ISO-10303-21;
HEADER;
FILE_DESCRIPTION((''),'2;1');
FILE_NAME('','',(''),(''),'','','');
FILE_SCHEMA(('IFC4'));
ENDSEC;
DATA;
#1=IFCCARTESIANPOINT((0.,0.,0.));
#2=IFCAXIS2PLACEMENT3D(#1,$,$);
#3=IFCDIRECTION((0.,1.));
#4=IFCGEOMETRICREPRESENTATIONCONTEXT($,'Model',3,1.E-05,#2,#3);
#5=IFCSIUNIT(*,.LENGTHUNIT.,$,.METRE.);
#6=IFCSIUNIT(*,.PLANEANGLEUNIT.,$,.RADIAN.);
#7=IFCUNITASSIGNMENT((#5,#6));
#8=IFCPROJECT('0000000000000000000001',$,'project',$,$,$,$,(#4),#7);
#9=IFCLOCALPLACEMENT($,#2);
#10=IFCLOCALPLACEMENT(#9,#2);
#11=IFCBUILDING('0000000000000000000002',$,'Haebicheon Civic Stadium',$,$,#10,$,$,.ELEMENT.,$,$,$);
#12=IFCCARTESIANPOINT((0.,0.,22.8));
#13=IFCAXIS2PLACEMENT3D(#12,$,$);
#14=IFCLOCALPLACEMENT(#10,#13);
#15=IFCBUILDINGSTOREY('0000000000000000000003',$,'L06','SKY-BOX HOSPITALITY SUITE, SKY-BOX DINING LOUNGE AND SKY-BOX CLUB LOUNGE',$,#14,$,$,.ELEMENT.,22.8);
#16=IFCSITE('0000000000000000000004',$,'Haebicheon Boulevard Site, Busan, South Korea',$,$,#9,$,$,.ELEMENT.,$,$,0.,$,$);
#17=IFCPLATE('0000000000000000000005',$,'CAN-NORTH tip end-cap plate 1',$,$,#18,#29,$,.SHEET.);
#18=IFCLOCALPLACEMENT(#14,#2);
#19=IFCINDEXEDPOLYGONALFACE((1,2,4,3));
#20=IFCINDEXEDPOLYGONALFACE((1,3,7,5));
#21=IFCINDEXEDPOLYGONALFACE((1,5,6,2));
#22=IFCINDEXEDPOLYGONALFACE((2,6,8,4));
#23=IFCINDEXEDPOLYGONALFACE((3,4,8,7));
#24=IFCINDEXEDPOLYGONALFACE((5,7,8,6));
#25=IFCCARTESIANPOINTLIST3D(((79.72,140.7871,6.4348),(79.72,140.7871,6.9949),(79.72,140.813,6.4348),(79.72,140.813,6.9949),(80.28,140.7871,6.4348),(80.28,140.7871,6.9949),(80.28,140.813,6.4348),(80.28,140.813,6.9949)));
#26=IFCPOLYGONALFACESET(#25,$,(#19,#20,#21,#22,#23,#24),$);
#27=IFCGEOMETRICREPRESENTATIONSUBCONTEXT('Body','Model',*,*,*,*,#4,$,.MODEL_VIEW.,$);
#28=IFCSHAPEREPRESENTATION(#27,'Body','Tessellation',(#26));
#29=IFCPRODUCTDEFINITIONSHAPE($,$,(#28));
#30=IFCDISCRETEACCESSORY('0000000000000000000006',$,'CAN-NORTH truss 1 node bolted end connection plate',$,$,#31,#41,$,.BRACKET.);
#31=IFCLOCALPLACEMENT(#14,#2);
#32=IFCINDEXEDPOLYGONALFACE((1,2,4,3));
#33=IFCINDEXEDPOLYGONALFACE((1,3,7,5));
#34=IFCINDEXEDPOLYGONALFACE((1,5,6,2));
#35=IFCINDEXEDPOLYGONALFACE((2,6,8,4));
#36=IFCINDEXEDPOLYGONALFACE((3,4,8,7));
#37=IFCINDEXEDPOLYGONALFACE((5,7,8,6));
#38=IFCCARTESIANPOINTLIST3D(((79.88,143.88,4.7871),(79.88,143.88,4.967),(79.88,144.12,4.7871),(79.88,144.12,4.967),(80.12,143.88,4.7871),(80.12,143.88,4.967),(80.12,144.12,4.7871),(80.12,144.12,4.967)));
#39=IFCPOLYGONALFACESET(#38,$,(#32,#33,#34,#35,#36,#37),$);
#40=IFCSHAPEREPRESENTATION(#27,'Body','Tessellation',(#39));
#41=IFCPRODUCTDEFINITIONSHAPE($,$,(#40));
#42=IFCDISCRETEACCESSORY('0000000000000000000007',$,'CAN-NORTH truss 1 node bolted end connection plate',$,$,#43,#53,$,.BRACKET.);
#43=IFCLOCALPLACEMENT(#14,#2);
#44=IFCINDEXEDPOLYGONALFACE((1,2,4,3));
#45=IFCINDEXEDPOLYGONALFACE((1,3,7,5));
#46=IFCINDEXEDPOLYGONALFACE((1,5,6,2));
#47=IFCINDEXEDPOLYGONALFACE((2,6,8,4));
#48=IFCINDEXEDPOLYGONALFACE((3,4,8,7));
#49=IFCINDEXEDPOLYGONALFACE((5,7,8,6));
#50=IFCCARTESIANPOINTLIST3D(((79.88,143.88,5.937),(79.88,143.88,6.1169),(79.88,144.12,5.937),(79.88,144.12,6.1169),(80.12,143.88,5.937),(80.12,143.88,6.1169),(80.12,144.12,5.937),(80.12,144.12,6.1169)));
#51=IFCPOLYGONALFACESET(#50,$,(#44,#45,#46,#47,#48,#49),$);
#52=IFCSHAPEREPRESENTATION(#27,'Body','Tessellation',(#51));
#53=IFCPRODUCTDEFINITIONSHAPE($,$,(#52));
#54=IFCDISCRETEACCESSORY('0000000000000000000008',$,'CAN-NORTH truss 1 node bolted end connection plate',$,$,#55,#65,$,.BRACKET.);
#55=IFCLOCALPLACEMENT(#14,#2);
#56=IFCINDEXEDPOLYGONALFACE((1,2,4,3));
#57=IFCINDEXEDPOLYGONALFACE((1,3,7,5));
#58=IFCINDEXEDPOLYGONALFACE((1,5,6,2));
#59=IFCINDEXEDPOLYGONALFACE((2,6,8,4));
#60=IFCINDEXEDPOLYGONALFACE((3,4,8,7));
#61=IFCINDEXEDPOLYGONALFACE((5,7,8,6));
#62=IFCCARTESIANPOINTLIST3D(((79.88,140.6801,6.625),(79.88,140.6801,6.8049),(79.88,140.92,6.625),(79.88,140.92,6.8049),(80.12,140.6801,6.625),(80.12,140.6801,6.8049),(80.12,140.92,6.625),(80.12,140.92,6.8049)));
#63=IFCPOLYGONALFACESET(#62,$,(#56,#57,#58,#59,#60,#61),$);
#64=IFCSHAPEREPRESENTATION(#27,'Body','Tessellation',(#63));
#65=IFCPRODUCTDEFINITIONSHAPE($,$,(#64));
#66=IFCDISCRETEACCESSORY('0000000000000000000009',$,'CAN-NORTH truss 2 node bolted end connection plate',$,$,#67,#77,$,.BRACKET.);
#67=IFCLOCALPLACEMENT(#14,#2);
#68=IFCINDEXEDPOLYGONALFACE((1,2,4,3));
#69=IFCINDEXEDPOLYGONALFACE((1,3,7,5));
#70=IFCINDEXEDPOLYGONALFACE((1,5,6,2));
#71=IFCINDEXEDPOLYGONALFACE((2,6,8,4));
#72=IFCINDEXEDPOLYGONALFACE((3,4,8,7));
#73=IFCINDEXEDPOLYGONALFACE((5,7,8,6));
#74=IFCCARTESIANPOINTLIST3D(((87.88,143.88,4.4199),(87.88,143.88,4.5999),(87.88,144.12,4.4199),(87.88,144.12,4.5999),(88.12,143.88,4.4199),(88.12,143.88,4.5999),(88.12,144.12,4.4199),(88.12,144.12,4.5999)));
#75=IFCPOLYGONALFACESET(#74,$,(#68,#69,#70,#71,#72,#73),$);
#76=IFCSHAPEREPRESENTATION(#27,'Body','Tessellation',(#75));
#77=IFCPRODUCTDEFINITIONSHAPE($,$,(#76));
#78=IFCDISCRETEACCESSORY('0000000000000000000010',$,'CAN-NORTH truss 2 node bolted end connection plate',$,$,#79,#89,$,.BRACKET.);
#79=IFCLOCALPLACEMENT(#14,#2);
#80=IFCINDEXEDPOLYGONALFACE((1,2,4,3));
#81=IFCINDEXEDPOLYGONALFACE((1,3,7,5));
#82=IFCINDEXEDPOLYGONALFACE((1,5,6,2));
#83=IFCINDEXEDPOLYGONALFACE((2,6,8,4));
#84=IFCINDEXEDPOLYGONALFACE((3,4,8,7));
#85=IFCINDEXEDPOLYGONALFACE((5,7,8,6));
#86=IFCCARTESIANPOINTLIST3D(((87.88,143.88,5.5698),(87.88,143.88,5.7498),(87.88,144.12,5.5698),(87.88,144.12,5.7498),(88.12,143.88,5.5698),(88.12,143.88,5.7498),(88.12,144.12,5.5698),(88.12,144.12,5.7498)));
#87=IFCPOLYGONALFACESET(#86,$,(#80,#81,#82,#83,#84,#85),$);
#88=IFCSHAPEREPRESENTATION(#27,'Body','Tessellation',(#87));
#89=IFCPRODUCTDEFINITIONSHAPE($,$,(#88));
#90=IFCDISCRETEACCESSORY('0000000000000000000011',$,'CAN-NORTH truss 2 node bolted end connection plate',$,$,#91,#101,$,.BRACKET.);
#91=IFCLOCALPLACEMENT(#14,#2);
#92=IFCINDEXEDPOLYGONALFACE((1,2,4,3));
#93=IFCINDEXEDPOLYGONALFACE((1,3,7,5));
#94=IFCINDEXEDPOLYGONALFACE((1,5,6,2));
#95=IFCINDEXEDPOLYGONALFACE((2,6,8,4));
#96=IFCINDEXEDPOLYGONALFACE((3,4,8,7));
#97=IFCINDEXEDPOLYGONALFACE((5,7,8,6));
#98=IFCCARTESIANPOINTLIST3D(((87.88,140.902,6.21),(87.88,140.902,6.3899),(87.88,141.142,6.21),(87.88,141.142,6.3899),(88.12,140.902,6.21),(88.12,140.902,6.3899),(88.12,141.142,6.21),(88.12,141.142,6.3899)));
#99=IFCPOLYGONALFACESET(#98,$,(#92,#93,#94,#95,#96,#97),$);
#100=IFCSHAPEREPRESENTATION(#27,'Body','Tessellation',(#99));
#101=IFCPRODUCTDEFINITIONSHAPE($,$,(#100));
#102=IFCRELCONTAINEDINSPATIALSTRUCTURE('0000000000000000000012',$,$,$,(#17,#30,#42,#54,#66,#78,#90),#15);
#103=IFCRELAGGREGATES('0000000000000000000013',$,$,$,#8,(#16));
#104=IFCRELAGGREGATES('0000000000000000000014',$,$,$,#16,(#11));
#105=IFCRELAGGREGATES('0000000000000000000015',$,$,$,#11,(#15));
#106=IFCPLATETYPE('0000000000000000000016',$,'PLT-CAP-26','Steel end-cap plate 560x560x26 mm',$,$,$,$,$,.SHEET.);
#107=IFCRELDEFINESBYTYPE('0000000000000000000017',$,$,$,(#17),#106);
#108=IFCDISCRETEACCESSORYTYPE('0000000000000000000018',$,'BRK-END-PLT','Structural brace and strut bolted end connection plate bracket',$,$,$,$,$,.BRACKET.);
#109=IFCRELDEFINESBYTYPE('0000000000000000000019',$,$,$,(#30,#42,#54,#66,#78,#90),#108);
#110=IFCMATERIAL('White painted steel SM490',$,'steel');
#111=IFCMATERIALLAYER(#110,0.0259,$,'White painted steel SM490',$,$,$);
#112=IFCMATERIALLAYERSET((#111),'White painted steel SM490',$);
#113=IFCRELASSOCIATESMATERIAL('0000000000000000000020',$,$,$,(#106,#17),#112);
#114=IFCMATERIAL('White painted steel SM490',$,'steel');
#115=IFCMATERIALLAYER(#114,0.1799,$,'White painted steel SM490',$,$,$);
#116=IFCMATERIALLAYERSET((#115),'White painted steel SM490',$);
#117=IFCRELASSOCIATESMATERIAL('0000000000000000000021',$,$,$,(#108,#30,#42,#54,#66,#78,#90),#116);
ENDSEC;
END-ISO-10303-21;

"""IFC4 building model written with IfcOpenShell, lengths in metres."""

from ifc_helpers import new_model, si_unit, direction, frame, origin, origin_2d, place, context, subcontext, project, spatial, rectangle, extrude, material, layer, layer_set, type_object, element, save


model = new_model("IFC4")

# Units and contexts
model_context = context("Model", 3, precision=1e-05, world=origin(), true_north=direction((0.0, 1.0)))
body_context = subcontext(model_context, "Body", "Model", "MODEL_VIEW")
ifc_project = project(units=[si_unit("LENGTHUNIT", "METRE"), si_unit("PLANEANGLEUNIT", "RADIAN")], contexts=[model_context])

# Site, building, storey
site_placement = place(None, origin())
site = spatial("IfcSite", under=ifc_project, at=site_placement, Name="Haebicheon Boulevard Site, Busan, South Korea", CompositionType="ELEMENT", RefElevation=0.0)
building_placement = place(site_placement, origin())
building = spatial("IfcBuilding", under=site, at=building_placement, Name="Haebicheon Civic Stadium", CompositionType="ELEMENT")
storey_placement = place(building_placement, frame((0.0, 0.0, 22.8)))
storey = spatial("IfcBuildingStorey", under=building, at=storey_placement, Name="L06", Description="SKY-BOX HOSPITALITY SUITE, SKY-BOX DINING LOUNGE AND SKY-BOX CLUB LOUNGE", CompositionType="ELEMENT", Elevation=22.8)

# Plate
ifc_material_1 = material(Name="White painted steel SM490", Category="steel")
ifc_layer_1 = layer(ifc_material_1, 0.0259, Name="White painted steel SM490")
ifc_layer_set_1 = layer_set([ifc_layer_1], Name="White painted steel SM490")
plate_type_1 = type_object("IfcPlateType", Name="PLT-CAP-26", Description="Steel end-cap plate 560x560x26 mm", PredefinedType="SHEET", material=ifc_layer_set_1)
plate_1_placement = place(storey_placement, frame((80.0, 140.8, 6.4348), z_axis=(0.0, 0.0, 1.0), x_axis=(-1.0, 0.0, 0.0)))
element("IfcPlate", 1, at=plate_1_placement, inside=storey, type_object=plate_type_1, material=ifc_layer_set_1, Name="CAN-NORTH tip end-cap plate 1", PredefinedType="SHEET", context=body_context, shape_type="SweptSolid", body=[
    extrude(rectangle(XDim=0.5601, YDim=0.0259, at=origin_2d()), origin(), (0.0, 0.0, 1.0), 0.5601),
])

# Discrete accessories
ifc_material_2 = material(Name="White painted steel SM490", Category="steel")
ifc_layer_2 = layer(ifc_material_2, 0.1799, Name="White painted steel SM490")
ifc_layer_set_2 = layer_set([ifc_layer_2], Name="White painted steel SM490")
discrete_accessory_type = type_object("IfcDiscreteAccessoryType", Name="BRK-END-PLT", Description="Structural brace and strut bolted end connection plate bracket", PredefinedType="BRACKET", material=ifc_layer_set_2)
for number, where, z_axis, x_axis, name in (
    (2, (80.0, 144.0, 4.7871), (0.0, 0.0, 1.0), (1.0, 0.0, 0.0), "CAN-NORTH truss 1 node bolted end connection plate"),
    (3, (80.0, 144.0, 5.937), (0.0, 0.0, 1.0), (1.0, 0.0, 0.0), "CAN-NORTH truss 1 node bolted end connection plate"),
    (4, (80.0, 140.8, 6.625), (0.0, 0.0, 1.0), (1.0, 0.0, 0.0), "CAN-NORTH truss 1 node bolted end connection plate"),
    (5, (88.0, 144.0, 4.4199), (0.0, 0.0, 1.0), (1.0, 0.0, 0.0), "CAN-NORTH truss 2 node bolted end connection plate"),
    (6, (88.0, 144.0, 5.5698), (0.0, 0.0, 1.0), (1.0, 0.0, 0.0), "CAN-NORTH truss 2 node bolted end connection plate"),
    (7, (88.0, 141.022, 6.21), (0.0, 0.0, 1.0), (1.0, 0.0, 0.0), "CAN-NORTH truss 2 node bolted end connection plate"),
):
    element("IfcDiscreteAccessory", number, at=place(storey_placement, frame(where, z_axis=z_axis, x_axis=x_axis)), inside=storey, type_object=discrete_accessory_type, material=ifc_layer_set_2, Name=name, PredefinedType="BRACKET", context=body_context, shape_type="SweptSolid", body=[
        extrude(rectangle(XDim=0.24, YDim=0.24, at=origin_2d()), origin(), (0.0, 0.0, 1.0), 0.1799),
    ])

save(model, "model.ifc")
